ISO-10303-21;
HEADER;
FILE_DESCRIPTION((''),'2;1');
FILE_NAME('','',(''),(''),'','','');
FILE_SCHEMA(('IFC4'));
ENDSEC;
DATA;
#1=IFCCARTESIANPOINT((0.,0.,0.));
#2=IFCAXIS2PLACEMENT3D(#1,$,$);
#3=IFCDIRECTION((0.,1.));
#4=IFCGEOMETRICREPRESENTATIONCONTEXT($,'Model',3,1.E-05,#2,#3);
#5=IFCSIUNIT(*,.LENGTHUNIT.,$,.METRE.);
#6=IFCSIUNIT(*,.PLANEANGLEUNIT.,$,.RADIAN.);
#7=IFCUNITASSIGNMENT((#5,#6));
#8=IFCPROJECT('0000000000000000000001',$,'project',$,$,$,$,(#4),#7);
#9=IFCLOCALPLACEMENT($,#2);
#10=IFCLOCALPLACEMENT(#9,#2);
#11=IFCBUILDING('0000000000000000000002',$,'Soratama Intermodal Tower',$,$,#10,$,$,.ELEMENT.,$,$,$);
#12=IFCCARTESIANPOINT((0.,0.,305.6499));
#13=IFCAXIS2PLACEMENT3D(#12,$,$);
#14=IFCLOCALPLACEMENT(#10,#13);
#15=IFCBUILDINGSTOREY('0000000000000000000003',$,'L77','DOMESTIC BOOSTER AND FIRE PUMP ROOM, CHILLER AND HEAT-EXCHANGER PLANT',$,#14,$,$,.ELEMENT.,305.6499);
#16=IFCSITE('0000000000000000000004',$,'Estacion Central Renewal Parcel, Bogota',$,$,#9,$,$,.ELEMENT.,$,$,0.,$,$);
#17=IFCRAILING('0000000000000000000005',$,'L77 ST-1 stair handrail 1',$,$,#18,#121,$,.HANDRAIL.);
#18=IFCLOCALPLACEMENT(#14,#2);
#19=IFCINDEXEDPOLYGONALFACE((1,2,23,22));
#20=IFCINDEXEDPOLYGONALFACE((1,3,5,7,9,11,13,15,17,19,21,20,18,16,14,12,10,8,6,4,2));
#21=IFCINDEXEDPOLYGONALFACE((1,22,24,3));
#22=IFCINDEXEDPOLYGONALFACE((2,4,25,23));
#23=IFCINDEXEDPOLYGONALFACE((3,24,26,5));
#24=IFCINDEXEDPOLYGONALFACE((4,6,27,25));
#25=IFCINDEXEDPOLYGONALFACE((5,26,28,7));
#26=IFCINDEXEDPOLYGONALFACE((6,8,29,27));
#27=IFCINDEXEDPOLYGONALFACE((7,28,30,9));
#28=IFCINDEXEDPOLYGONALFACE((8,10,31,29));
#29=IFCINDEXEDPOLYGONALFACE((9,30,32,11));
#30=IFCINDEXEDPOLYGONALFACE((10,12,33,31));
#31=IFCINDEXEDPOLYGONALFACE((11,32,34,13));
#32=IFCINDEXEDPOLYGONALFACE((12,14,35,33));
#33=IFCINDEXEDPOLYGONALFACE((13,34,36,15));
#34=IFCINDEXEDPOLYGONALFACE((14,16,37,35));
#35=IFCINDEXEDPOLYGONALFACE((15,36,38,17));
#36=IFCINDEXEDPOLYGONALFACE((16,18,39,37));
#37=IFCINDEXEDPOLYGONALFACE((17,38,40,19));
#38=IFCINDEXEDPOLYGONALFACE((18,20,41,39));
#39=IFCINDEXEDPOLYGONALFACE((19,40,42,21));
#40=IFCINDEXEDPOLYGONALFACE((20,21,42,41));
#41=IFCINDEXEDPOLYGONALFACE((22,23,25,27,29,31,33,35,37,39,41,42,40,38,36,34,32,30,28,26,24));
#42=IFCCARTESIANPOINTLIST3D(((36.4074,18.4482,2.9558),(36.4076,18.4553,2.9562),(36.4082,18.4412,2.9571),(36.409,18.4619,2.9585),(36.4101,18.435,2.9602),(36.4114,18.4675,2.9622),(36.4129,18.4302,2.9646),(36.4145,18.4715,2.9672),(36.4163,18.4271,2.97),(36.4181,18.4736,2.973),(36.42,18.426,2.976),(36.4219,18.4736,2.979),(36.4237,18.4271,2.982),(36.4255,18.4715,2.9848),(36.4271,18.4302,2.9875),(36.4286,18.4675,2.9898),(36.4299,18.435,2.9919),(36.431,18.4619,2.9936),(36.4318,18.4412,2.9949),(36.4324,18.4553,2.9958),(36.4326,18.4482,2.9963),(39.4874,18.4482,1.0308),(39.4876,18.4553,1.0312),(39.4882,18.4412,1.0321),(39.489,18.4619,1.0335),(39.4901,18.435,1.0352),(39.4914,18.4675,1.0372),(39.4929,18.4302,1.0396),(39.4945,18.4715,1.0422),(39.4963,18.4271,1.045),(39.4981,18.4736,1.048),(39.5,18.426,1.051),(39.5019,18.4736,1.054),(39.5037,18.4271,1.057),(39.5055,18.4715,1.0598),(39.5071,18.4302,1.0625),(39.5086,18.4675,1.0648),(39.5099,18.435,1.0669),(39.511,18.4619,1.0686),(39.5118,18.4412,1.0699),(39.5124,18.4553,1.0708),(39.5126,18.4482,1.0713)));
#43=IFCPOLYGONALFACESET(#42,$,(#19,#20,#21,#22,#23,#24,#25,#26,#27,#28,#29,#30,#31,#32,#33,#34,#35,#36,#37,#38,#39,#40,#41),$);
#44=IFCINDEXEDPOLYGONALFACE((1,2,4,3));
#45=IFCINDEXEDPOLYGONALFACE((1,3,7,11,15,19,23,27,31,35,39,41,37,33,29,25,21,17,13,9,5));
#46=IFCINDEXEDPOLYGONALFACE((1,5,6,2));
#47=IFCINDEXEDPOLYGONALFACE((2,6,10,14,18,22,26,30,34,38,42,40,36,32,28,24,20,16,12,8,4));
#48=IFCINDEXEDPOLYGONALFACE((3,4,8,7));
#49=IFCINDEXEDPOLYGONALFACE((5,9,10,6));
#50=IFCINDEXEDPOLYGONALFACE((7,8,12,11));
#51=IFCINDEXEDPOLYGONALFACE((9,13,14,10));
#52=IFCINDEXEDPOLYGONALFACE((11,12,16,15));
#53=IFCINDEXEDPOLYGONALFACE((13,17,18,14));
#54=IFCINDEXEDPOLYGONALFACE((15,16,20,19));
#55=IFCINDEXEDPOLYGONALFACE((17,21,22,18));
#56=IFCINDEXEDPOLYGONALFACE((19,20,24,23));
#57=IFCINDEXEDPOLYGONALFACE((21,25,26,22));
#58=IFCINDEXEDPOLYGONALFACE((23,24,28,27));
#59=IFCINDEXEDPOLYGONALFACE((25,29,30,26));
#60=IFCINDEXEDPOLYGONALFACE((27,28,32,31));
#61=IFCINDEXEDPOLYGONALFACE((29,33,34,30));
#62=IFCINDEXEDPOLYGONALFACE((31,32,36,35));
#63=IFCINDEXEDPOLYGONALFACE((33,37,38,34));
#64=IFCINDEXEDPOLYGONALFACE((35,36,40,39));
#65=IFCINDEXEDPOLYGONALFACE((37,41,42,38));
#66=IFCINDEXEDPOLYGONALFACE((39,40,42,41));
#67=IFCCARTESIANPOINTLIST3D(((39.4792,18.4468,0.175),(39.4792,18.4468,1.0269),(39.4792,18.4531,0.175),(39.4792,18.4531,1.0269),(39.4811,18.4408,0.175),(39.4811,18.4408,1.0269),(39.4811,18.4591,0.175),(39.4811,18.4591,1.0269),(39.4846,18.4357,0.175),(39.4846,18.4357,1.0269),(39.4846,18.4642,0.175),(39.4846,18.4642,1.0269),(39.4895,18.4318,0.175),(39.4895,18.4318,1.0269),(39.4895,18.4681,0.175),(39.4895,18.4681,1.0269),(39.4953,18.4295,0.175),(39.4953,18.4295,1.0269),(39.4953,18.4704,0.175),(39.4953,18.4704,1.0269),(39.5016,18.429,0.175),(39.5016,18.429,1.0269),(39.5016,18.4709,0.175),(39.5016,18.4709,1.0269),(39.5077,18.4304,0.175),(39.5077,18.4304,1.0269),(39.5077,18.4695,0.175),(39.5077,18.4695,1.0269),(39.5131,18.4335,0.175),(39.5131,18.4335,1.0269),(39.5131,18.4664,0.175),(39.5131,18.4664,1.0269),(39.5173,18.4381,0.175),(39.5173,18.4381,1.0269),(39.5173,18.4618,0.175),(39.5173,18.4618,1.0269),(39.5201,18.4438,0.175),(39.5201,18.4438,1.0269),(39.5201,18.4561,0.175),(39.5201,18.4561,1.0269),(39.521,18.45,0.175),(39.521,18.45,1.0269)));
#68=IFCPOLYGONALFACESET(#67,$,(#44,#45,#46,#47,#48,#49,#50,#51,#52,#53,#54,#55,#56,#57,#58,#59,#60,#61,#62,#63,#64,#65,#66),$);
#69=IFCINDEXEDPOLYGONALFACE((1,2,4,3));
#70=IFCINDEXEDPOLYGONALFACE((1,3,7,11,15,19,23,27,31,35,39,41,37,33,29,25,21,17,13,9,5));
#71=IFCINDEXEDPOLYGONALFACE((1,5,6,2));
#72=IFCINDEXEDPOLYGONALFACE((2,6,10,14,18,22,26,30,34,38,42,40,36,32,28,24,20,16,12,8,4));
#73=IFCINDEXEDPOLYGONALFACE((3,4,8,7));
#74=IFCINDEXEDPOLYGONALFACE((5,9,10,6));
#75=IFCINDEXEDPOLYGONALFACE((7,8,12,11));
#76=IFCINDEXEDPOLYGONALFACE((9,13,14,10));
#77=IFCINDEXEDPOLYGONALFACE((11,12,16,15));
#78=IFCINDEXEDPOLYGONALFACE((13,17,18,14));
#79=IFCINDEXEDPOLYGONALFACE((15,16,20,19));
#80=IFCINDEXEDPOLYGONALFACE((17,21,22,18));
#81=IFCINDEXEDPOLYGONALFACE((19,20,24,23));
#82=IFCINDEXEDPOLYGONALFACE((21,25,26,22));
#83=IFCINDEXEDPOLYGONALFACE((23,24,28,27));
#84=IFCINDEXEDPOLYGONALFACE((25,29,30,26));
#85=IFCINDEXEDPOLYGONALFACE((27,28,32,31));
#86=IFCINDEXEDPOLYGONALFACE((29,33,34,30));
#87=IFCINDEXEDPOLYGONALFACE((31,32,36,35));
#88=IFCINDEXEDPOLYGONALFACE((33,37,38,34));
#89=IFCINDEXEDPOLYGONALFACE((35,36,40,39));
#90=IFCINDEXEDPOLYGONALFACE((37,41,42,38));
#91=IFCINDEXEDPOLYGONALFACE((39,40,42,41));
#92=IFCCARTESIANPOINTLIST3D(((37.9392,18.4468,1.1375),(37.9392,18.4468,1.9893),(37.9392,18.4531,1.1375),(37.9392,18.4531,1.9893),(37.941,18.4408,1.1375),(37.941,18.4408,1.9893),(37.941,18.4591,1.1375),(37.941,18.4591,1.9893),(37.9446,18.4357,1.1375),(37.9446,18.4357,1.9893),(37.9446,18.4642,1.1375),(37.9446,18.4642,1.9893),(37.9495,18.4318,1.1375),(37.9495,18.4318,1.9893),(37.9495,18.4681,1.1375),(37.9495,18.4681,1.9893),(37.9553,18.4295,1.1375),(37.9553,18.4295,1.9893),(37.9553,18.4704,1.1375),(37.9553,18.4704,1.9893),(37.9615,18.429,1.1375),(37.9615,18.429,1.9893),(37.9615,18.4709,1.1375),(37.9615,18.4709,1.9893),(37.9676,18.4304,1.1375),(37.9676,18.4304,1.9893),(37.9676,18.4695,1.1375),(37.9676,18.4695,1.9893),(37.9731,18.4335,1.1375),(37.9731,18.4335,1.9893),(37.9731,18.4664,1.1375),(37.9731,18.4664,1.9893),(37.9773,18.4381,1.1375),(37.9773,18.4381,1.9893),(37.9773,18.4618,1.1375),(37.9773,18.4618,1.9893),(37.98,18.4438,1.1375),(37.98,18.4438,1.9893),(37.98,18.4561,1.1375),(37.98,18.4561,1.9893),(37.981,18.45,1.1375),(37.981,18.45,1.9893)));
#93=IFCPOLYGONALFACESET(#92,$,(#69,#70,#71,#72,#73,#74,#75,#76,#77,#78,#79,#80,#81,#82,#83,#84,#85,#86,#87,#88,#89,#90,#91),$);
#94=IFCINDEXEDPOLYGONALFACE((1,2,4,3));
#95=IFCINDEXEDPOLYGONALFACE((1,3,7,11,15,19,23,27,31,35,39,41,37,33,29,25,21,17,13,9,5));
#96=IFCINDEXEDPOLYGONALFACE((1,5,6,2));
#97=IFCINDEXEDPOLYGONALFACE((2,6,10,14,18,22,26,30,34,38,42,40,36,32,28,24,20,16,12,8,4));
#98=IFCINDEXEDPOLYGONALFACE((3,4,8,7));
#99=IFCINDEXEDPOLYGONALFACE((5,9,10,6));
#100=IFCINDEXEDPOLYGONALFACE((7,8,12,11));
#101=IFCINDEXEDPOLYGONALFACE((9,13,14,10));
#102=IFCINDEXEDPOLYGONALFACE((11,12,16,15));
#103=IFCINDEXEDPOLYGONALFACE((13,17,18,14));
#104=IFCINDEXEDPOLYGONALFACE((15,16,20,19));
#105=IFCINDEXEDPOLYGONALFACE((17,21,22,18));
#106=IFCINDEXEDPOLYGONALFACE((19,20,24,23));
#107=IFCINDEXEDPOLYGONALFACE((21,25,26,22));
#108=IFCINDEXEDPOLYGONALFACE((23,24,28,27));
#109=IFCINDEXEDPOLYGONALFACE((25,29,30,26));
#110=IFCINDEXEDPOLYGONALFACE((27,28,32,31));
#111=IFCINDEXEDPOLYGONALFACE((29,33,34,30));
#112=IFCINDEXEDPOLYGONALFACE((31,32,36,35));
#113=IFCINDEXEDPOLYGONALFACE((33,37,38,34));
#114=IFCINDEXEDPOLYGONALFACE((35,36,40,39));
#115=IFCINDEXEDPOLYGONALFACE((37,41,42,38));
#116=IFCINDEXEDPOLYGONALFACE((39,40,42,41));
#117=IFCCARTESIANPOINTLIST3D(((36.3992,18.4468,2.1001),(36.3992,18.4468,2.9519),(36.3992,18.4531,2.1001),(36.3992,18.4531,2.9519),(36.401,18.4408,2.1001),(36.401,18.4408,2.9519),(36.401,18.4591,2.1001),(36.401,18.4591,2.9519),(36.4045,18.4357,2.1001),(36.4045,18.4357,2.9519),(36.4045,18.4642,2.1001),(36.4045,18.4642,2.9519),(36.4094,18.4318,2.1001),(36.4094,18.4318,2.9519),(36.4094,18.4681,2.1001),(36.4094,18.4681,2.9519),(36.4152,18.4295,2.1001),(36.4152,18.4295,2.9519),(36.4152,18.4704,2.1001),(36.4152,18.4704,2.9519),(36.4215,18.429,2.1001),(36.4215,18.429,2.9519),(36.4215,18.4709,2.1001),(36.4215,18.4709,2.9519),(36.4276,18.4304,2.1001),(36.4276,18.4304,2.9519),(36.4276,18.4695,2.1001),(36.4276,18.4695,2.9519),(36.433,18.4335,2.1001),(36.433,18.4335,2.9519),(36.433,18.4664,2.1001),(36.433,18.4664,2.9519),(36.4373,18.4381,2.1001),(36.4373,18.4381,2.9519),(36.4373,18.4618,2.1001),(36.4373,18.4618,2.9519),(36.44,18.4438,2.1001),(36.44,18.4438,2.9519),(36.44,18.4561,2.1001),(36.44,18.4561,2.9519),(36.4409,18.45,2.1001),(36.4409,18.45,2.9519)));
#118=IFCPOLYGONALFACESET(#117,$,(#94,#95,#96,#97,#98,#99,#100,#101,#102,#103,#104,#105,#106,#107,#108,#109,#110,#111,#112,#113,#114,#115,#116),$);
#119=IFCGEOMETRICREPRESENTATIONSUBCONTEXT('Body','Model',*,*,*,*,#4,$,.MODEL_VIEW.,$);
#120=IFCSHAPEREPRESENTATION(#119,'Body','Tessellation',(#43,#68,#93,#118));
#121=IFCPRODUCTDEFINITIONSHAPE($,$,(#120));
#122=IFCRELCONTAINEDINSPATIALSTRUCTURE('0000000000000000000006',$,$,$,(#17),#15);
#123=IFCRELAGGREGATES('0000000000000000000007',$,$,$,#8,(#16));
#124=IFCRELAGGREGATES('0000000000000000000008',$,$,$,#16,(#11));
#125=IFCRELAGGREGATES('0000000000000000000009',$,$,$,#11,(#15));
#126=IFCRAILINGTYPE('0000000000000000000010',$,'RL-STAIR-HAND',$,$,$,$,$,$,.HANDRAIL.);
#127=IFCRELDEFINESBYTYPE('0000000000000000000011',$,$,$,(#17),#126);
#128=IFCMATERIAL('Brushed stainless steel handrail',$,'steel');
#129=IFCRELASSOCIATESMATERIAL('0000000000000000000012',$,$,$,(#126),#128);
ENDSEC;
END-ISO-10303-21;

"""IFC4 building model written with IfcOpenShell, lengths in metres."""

from ifc_helpers import new_model, si_unit, direction, frame, origin, origin_2d, place, context, subcontext, project, spatial, circle, extrude, material, type_object, element, save


model = new_model("IFC4")

# Units and contexts
model_context = context("Model", 3, precision=1e-05, world=origin(), true_north=direction((0.0, 1.0)))
body_context = subcontext(model_context, "Body", "Model", "MODEL_VIEW")
ifc_project = project(units=[si_unit("LENGTHUNIT", "METRE"), si_unit("PLANEANGLEUNIT", "RADIAN")], contexts=[model_context])

# Site, building, storey
site_placement = place(None, origin())
site = spatial("IfcSite", under=ifc_project, at=site_placement, Name="Estacion Central Renewal Parcel, Bogota", CompositionType="ELEMENT", RefElevation=0.0)
building_placement = place(site_placement, origin())
building = spatial("IfcBuilding", under=site, at=building_placement, Name="Soratama Intermodal Tower", CompositionType="ELEMENT")
storey_placement = place(building_placement, frame((0.0, 0.0, 305.6499)))
storey = spatial("IfcBuildingStorey", under=building, at=storey_placement, Name="L77", Description="DOMESTIC BOOSTER AND FIRE PUMP ROOM, CHILLER AND HEAT-EXCHANGER PLANT", CompositionType="ELEMENT", Elevation=305.6499)

# Railing
ifc_material_1 = material(Name="Brushed stainless steel handrail", Category="steel")
railing_type_1 = type_object("IfcRailingType", Name="RL-STAIR-HAND", PredefinedType="HANDRAIL", material=ifc_material_1)
railing_1_placement = place(storey_placement, frame((39.5, 18.45, 0.175)))
element("IfcRailing", 1, at=railing_1_placement, inside=storey, type_object=railing_type_1, Name="L77 ST-1 stair handrail 1", PredefinedType="HANDRAIL", context=body_context, shape_type="SweptSolid", body=[
    extrude(circle(Radius=0.0239, at=origin_2d()), frame((0.0, 0.0, 0.876), z_axis=(-0.847998, 0.0, 0.529999), x_axis=(0.0, -1.0, 0.0)), (0.0, 0.0, 1.0), 3.6321),
    extrude(circle(Radius=0.021, at=origin_2d()), origin(), (0.0, 0.0, 1.0), 0.8518),
    extrude(circle(Radius=0.021, at=origin_2d()), frame((-1.54, 0.0, 0.9624)), (0.0, 0.0, 1.0), 0.8518),
    extrude(circle(Radius=0.021, at=origin_2d()), frame((-3.0801, 0.0, 1.925)), (0.0, 0.0, 1.0), 0.8518),
])

save(model, "model.ifc")
